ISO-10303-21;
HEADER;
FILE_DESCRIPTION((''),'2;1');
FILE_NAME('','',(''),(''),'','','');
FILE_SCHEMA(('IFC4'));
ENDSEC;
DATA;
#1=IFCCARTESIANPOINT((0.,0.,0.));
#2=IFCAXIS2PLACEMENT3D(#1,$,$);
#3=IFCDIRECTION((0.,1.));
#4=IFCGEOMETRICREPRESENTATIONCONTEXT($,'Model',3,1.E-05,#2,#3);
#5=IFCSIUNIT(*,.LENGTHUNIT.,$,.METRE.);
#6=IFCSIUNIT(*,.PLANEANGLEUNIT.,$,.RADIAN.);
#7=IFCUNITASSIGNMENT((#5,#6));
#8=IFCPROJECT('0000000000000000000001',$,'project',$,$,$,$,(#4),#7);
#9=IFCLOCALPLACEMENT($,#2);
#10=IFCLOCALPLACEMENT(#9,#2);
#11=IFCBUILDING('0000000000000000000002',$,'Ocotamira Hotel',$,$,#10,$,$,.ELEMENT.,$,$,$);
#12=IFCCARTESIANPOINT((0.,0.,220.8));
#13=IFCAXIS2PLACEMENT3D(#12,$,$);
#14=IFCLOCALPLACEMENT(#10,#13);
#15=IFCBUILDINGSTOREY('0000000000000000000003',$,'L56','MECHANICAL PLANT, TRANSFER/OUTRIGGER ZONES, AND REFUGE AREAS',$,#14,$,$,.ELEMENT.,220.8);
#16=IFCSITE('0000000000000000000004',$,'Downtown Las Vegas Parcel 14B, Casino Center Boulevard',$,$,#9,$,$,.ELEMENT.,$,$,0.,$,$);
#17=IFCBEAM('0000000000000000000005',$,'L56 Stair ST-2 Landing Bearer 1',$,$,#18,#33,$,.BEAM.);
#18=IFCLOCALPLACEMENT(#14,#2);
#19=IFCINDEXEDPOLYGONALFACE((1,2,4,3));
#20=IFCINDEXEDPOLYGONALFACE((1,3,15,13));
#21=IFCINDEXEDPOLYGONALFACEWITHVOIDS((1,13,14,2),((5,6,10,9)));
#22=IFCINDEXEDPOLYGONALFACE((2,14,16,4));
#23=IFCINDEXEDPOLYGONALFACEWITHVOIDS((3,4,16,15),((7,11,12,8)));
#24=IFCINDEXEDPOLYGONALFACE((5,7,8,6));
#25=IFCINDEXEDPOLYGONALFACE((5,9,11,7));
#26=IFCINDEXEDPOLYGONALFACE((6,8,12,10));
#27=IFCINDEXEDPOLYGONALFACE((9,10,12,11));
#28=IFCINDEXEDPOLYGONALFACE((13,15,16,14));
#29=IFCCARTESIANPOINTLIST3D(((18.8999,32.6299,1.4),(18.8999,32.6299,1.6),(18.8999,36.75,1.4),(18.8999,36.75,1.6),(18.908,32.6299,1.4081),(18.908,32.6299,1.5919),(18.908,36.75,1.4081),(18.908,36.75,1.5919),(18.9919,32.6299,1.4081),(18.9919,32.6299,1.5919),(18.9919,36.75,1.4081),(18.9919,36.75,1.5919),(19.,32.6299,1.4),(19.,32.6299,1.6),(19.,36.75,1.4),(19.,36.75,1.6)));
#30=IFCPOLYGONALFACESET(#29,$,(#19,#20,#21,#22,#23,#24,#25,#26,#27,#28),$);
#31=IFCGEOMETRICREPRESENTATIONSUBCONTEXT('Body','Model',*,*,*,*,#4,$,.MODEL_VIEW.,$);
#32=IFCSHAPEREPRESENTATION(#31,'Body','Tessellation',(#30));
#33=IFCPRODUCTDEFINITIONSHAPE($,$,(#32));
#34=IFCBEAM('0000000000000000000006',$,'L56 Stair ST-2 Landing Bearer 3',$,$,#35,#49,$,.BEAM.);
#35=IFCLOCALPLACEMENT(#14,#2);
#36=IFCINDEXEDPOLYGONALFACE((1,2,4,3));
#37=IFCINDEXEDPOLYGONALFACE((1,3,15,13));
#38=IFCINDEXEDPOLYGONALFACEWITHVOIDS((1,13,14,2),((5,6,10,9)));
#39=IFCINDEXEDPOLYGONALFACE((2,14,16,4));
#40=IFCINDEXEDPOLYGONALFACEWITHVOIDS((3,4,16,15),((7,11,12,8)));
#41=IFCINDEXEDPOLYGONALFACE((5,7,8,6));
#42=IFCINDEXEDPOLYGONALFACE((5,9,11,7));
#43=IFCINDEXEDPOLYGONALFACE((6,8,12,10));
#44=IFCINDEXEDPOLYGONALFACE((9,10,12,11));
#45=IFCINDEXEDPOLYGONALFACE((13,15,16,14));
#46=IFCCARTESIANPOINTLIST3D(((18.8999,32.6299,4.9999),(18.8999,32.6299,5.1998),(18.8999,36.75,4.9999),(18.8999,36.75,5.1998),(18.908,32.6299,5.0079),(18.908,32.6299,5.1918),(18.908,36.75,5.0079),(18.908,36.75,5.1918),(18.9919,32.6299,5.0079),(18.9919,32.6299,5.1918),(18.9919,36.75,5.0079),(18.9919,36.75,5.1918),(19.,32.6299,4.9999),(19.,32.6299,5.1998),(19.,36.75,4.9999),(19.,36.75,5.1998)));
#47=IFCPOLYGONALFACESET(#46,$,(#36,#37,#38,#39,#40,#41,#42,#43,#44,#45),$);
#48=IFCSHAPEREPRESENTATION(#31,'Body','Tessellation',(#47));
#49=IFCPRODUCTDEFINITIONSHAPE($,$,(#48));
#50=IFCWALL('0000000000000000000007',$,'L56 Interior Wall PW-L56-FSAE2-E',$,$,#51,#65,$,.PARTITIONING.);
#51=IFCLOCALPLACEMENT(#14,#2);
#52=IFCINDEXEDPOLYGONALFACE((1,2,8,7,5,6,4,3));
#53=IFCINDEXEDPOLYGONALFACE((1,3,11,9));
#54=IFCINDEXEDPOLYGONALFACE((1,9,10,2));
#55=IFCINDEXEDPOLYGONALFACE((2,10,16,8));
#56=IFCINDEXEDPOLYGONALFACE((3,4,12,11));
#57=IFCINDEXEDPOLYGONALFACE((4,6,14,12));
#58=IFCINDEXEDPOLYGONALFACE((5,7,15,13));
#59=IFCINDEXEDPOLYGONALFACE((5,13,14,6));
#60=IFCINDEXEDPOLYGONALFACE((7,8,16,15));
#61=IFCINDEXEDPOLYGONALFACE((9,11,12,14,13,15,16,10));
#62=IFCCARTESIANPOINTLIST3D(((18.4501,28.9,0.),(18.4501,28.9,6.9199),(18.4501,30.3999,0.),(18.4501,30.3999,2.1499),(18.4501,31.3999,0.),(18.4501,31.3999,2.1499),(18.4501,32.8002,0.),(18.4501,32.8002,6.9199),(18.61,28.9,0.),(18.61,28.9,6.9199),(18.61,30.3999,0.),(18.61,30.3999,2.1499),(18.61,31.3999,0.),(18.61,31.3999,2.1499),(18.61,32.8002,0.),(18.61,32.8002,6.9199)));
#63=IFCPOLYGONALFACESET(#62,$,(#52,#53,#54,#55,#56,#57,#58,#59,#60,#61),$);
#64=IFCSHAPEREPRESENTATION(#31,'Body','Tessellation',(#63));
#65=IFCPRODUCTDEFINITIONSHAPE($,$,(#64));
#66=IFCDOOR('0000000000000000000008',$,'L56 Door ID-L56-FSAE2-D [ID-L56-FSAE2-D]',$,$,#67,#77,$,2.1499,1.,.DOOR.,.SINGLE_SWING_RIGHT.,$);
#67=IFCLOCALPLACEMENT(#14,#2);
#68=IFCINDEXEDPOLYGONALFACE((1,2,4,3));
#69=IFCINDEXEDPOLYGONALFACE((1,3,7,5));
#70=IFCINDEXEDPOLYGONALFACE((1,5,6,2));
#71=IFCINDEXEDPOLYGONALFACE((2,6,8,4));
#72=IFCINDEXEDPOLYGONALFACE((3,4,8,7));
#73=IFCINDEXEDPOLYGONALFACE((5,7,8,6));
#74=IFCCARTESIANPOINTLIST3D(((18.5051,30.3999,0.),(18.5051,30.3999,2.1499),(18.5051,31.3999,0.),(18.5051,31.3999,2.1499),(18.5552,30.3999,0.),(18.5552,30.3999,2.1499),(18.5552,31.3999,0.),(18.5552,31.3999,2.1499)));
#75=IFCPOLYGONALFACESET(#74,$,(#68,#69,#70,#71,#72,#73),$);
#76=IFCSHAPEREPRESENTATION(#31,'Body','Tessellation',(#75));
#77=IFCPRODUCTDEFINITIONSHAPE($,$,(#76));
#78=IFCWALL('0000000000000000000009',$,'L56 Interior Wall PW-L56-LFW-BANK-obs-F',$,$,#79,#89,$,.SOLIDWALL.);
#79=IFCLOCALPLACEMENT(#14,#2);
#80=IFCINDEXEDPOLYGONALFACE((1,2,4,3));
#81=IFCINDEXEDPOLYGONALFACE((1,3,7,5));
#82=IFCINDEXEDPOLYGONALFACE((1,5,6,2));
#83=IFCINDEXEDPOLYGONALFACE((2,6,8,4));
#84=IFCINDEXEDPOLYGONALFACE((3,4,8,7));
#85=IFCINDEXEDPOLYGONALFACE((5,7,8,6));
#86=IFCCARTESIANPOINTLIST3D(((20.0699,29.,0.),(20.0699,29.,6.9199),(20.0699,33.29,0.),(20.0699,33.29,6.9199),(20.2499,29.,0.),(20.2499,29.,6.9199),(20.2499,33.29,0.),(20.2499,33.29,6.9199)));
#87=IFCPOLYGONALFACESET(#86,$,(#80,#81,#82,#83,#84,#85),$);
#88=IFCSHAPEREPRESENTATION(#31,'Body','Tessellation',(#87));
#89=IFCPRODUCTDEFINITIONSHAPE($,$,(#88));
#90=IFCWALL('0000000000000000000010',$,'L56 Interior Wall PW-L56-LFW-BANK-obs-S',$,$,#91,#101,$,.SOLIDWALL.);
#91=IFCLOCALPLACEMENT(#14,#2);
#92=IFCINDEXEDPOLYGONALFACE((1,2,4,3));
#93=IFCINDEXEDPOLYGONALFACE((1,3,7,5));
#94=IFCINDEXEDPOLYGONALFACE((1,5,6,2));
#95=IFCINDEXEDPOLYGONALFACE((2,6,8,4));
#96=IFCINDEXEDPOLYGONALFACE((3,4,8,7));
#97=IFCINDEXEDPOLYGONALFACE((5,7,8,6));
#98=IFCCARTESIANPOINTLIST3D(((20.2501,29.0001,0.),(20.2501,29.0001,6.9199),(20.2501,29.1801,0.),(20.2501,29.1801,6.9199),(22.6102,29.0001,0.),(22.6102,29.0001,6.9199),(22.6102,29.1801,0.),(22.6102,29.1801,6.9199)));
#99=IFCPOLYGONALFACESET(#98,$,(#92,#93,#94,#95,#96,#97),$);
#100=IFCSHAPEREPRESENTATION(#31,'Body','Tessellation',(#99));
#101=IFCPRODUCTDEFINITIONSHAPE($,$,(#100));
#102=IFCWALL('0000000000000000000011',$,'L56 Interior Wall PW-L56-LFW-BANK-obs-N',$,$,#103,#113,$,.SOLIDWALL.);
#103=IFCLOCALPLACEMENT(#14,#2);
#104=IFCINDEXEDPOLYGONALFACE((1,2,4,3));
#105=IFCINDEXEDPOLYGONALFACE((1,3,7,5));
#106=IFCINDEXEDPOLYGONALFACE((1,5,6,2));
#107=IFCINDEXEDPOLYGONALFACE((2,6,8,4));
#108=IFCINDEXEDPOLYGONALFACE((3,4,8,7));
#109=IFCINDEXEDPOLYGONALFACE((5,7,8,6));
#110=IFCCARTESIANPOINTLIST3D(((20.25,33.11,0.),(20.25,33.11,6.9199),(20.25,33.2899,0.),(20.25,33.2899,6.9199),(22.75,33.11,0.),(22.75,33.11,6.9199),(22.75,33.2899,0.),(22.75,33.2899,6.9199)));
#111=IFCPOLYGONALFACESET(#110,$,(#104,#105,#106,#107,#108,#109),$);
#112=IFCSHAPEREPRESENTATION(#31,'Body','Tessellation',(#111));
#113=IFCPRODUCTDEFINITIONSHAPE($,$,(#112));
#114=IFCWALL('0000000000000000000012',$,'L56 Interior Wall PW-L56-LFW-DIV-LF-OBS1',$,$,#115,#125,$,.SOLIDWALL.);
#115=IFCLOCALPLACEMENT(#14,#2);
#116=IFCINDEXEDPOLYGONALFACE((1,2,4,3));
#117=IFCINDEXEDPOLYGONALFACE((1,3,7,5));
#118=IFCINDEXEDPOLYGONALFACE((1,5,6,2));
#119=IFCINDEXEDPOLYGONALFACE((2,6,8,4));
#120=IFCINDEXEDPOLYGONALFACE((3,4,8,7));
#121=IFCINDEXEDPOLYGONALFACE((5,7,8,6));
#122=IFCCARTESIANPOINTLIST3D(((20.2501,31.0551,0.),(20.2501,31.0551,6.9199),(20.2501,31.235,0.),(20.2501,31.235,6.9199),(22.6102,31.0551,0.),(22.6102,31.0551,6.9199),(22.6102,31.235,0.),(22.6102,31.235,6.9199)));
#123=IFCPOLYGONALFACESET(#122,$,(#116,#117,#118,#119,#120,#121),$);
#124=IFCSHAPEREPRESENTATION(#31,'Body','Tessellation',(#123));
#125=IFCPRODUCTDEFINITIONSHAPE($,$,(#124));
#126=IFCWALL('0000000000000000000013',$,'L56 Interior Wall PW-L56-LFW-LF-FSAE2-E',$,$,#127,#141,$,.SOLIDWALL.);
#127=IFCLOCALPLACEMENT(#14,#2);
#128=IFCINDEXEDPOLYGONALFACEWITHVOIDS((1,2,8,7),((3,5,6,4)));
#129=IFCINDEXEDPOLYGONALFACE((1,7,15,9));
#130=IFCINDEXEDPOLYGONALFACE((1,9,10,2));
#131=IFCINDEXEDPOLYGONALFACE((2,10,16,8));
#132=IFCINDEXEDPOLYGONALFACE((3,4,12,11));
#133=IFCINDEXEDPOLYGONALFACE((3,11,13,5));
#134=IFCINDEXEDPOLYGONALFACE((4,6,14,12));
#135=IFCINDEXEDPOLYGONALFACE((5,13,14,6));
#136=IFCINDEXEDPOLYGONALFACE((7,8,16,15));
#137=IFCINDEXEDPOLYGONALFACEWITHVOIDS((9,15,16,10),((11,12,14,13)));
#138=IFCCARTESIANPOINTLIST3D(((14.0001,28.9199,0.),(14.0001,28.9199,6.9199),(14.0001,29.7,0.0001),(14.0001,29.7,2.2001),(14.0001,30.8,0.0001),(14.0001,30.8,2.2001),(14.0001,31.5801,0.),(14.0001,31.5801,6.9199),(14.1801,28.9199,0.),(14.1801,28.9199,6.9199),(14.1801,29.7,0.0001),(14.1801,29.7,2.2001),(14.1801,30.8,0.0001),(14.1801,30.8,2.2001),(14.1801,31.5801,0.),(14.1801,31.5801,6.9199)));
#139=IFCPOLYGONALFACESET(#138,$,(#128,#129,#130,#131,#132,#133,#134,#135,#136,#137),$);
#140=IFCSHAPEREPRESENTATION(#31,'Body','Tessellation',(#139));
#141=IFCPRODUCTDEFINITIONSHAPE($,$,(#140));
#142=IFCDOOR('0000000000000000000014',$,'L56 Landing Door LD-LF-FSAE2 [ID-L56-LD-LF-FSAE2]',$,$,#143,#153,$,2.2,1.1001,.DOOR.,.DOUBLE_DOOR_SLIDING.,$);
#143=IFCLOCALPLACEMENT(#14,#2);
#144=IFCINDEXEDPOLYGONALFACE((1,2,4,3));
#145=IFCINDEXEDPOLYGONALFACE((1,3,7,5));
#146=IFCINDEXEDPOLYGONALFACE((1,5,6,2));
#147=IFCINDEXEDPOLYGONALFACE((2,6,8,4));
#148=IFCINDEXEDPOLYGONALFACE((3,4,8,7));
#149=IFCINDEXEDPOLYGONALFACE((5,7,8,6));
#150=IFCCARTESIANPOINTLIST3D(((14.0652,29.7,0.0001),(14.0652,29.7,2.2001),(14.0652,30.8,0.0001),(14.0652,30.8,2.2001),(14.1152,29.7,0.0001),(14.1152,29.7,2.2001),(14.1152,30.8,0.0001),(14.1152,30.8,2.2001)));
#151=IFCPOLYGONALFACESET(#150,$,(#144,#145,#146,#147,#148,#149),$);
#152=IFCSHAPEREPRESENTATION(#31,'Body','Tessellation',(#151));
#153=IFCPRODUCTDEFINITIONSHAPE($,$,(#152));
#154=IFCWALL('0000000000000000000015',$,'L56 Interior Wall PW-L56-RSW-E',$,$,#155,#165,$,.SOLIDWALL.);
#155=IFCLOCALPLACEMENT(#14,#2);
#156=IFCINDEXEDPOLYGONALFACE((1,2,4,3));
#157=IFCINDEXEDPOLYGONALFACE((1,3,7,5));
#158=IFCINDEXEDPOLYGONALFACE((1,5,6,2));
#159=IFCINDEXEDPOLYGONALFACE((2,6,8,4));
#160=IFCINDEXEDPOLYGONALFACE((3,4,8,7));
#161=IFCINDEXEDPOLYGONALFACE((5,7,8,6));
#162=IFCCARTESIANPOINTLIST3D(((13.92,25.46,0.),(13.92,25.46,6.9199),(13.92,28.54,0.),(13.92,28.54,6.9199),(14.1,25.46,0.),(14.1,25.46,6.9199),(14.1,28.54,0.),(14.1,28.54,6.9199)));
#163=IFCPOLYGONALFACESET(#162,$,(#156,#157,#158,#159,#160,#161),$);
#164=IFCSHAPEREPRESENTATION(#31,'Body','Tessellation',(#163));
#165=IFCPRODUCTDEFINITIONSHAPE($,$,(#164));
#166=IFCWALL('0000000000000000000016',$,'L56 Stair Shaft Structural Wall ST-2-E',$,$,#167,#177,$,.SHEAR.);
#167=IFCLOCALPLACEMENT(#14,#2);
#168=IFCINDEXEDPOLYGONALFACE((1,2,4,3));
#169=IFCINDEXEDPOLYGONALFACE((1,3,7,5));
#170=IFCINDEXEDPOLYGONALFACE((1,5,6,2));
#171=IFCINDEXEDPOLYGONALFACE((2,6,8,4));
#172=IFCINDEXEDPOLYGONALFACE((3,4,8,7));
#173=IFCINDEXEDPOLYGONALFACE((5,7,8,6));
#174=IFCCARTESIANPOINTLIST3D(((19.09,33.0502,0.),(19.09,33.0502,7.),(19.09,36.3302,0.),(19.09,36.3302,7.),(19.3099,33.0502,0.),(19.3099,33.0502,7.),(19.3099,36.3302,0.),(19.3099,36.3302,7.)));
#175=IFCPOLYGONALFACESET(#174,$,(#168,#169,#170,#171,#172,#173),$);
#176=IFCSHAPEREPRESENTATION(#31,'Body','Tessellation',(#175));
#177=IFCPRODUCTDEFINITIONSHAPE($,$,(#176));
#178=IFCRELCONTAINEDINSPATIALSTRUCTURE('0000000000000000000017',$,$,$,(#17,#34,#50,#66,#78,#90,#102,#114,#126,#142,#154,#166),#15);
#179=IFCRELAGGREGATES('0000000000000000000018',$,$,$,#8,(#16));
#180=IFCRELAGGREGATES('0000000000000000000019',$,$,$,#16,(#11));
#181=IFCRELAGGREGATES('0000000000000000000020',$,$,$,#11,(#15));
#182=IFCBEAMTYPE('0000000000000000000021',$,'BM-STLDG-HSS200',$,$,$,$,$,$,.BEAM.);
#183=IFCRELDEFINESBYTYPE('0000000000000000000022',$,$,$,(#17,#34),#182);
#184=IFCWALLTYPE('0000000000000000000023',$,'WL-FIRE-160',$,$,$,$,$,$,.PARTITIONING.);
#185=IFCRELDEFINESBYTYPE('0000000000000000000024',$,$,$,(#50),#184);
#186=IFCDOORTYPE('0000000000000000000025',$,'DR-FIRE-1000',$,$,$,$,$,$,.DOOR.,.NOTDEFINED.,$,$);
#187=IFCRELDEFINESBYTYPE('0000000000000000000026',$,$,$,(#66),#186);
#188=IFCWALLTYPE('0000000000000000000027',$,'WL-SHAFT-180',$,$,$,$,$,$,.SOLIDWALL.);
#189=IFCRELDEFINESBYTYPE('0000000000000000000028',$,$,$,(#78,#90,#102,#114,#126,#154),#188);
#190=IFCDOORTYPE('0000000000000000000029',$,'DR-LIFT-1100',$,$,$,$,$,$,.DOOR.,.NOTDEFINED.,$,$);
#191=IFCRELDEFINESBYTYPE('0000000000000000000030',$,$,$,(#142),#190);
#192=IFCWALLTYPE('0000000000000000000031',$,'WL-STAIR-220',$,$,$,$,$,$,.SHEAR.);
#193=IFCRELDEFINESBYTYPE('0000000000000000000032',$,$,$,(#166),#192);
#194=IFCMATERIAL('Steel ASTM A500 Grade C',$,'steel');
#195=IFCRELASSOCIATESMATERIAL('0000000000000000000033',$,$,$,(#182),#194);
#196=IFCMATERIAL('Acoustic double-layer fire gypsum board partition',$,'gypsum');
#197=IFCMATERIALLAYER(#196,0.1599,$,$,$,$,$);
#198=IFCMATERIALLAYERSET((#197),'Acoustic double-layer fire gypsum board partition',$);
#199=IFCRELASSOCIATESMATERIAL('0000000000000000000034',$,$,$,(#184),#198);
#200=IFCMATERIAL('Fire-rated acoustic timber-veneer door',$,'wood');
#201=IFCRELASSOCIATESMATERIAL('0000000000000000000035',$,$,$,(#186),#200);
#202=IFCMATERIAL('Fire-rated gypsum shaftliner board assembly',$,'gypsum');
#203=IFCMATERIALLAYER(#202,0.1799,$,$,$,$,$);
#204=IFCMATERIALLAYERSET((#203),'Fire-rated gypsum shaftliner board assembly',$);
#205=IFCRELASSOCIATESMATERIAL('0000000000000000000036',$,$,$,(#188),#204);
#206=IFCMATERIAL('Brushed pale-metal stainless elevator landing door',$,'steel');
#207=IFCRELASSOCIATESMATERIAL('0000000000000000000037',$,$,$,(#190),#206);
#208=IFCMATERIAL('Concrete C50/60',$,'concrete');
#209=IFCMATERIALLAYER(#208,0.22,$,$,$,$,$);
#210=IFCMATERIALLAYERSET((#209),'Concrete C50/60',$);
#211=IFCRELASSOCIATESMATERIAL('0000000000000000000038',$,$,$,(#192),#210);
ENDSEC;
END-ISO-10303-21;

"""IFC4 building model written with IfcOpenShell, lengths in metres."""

from ifc_helpers import new_model, si_unit, direction, frame, frame_2d, origin, origin_2d, place, context, subcontext, project, spatial, rectangle, hollow_rectangle, extrude, source, transform, mapped, material, layer, layer_set, material_profile, profile_set, type_object, element, fill, save


model = new_model("IFC4")

# Units and contexts
model_context = context("Model", 3, precision=1e-05, world=origin(), true_north=direction((0.0, 1.0)))
body_context = subcontext(model_context, "Body", "Model", "MODEL_VIEW")
ifc_project = project(units=[si_unit("LENGTHUNIT", "METRE"), si_unit("PLANEANGLEUNIT", "RADIAN")], contexts=[model_context])

# Site, building, storey
site_placement = place(None, origin())
site = spatial("IfcSite", under=ifc_project, at=site_placement, Name="Downtown Las Vegas Parcel 14B, Casino Center Boulevard", CompositionType="ELEMENT", RefElevation=0.0)
building_placement = place(site_placement, origin())
building = spatial("IfcBuilding", under=site, at=building_placement, Name="Ocotamira Hotel", CompositionType="ELEMENT")
storey_placement = place(building_placement, frame((0.0, 0.0, 220.8)))
storey = spatial("IfcBuildingStorey", under=building, at=storey_placement, Name="L56", Description="MECHANICAL PLANT, TRANSFER/OUTRIGGER ZONES, AND REFUGE AREAS", CompositionType="ELEMENT", Elevation=220.8)

# Beams
ifc_material_1 = material(Name="Steel ASTM A500 Grade C", Category="steel")
ifc_material_profile = material_profile(ifc_material_1, hollow_rectangle(XDim=0.1001, YDim=0.2, WallThickness=0.0081, at=origin_2d()), Name="HSS200X100X8")
ifc_profile_set = profile_set([ifc_material_profile], Name="Steel ASTM A500 Grade C")
beam_type = type_object("IfcBeamType", Name="BM-STLDG-HSS200", PredefinedType="BEAM", material=ifc_profile_set)
shared_shape_1 = source(origin(), body_context, "Body", "SweptSolid", [
    extrude(hollow_rectangle(XDim=0.1001, YDim=0.2, WallThickness=0.0081, at=origin_2d()), origin(), (0.0, 0.0, 1.0), 4.1201),
])
for number, where, z_axis, x_axis, name in (
    (1, (18.95, 32.6299, 1.5), (0.0, 1.0, 0.0), (-1.0, 0.0, 0.0), "L56 Stair ST-2 Landing Bearer 1"),
    (2, (18.95, 32.6299, 5.0999), (0.0, 1.0, 0.0), (-1.0, 0.0, 0.0), "L56 Stair ST-2 Landing Bearer 3"),
):
    element("IfcBeam", number, at=place(storey_placement, frame(where, z_axis=z_axis, x_axis=x_axis)), inside=storey, type_object=beam_type, Name=name, PredefinedType="BEAM", context=body_context, shape_type="MappedRepresentation", body=[
        mapped(shared_shape_1, transform((0.0, 0.0, 0.0), scale=1.0)),
    ])

# Wall, opening, door
ifc_material_2 = material(Name="Acoustic double-layer fire gypsum board partition", Category="gypsum")
ifc_layer_1 = layer(ifc_material_2, 0.1599)
ifc_layer_set_1 = layer_set([ifc_layer_1], Name="Acoustic double-layer fire gypsum board partition")
wall_type_1 = type_object("IfcWallType", Name="WL-FIRE-160", PredefinedType="PARTITIONING", material=ifc_layer_set_1)
wall_1_placement = place(storey_placement, frame((18.53, 28.8999, 0.0), z_axis=(0.0, 0.0, 1.0), x_axis=(0.0, 1.0, 0.0)))
wall_1 = element("IfcWall", 3, at=wall_1_placement, inside=storey, type_object=wall_type_1, Name="L56 Interior Wall PW-L56-FSAE2-E", PredefinedType="PARTITIONING", context=body_context, shape_type="SweptSolid", body=[
    extrude(rectangle(XDim=3.9001, YDim=0.1599, at=frame_2d((1.9502, 0.0))), origin(), (0.0, 0.0, 1.0), 6.9199),
])
opening_1_placement = place(wall_1_placement, frame((1.5, 0.0, 0.0)))
opening_1 = element("IfcOpeningElement", 4, at=opening_1_placement, cuts=wall_1, PredefinedType="OPENING", context=body_context, shape_type="SweptSolid", body=[
    extrude(rectangle(XDim=1.0, YDim=2.1499, at=frame_2d((0.5, 1.075))), frame((0.0, 0.0898, 0.0), z_axis=(0.0, -1.0, 0.0), x_axis=(1.0, 0.0, 0.0)), (0.0, 0.0, 1.0), 0.1799),
])
ifc_material_3 = material(Name="Fire-rated acoustic timber-veneer door", Category="wood")
door_type_1 = type_object("IfcDoorType", Name="DR-FIRE-1000", OperationType="NOTDEFINED", PredefinedType="DOOR", material=ifc_material_3)
shared_shape_2 = source(origin(), body_context, "Body", "SweptSolid", [
    extrude(rectangle(XDim=1.0, YDim=2.1499, at=frame_2d((0.5, 1.075))), frame((0.0, 0.0249, 0.0), z_axis=(0.0, -1.0, 0.0), x_axis=(1.0, 0.0, 0.0)), (0.0, 0.0, 1.0), 0.05),
])
door_1_placement = place(opening_1_placement, origin())
door_1 = element("IfcDoor", 5, at=door_1_placement, inside=storey, type_object=door_type_1, Name="L56 Door ID-L56-FSAE2-D [ID-L56-FSAE2-D]", OperationType="SINGLE_SWING_RIGHT", OverallHeight=2.1499, OverallWidth=1.0, PredefinedType="DOOR", context=body_context, shape_type="MappedRepresentation", body=[
    mapped(shared_shape_2, transform((0.0, 0.0, 0.0), scale=1.0)),
])
fill(opening_1, door_1)

# Walls
ifc_material_4 = material(Name="Fire-rated gypsum shaftliner board assembly", Category="gypsum")
ifc_layer_2 = layer(ifc_material_4, 0.1799)
ifc_layer_set_2 = layer_set([ifc_layer_2], Name="Fire-rated gypsum shaftliner board assembly")
wall_type_2 = type_object("IfcWallType", Name="WL-SHAFT-180", PredefinedType="SOLIDWALL", material=ifc_layer_set_2)
wall_2_placement = place(storey_placement, frame((20.1599, 29.0, 0.0), z_axis=(0.0, 0.0, 1.0), x_axis=(0.0, 1.0, 0.0)))
element("IfcWall", 6, at=wall_2_placement, inside=storey, type_object=wall_type_2, Name="L56 Interior Wall PW-L56-LFW-BANK-obs-F", PredefinedType="SOLIDWALL", context=body_context, shape_type="SweptSolid", body=[
    extrude(rectangle(XDim=4.29, YDim=0.1799, at=frame_2d((2.145, 0.0))), origin(), (0.0, 0.0, 1.0), 6.9199),
])
wall_3_placement = place(storey_placement, frame((20.25, 29.0901, 0.0), z_axis=(0.0, 0.0, 1.0), x_axis=(1.0, 0.0, 0.0)))
element("IfcWall", 7, at=wall_3_placement, inside=storey, type_object=wall_type_2, Name="L56 Interior Wall PW-L56-LFW-BANK-obs-S", PredefinedType="SOLIDWALL", context=body_context, shape_type="SweptSolid", body=[
    extrude(rectangle(XDim=2.3601, YDim=0.1799, at=frame_2d((1.1802, 0.0))), origin(), (0.0, 0.0, 1.0), 6.9199),
])
wall_4_placement = place(storey_placement, frame((20.25, 33.2, 0.0), z_axis=(0.0, 0.0, 1.0), x_axis=(1.0, 0.0, 0.0)))
element("IfcWall", 8, at=wall_4_placement, inside=storey, type_object=wall_type_2, Name="L56 Interior Wall PW-L56-LFW-BANK-obs-N", PredefinedType="SOLIDWALL", context=body_context, shape_type="SweptSolid", body=[
    extrude(rectangle(XDim=2.5, YDim=0.1799, at=frame_2d((1.25, 0.0))), origin(), (0.0, 0.0, 1.0), 6.9199),
])
wall_5_placement = place(storey_placement, frame((20.25, 31.145, 0.0), z_axis=(0.0, 0.0, 1.0), x_axis=(1.0, 0.0, 0.0)))
element("IfcWall", 9, at=wall_5_placement, inside=storey, type_object=wall_type_2, Name="L56 Interior Wall PW-L56-LFW-DIV-LF-OBS1", PredefinedType="SOLIDWALL", context=body_context, shape_type="SweptSolid", body=[
    extrude(rectangle(XDim=2.3601, YDim=0.1799, at=frame_2d((1.1802, 0.0))), origin(), (0.0, 0.0, 1.0), 6.9199),
])

# Wall, opening, door
wall_6_placement = place(storey_placement, frame((14.0901, 28.9199, 0.0), z_axis=(0.0, 0.0, 1.0), x_axis=(0.0, 1.0, 0.0)))
wall_6 = element("IfcWall", 10, at=wall_6_placement, inside=storey, type_object=wall_type_2, Name="L56 Interior Wall PW-L56-LFW-LF-FSAE2-E", PredefinedType="SOLIDWALL", context=body_context, shape_type="SweptSolid", body=[
    extrude(rectangle(XDim=2.6602, YDim=0.1799, at=frame_2d((1.3301, 0.0))), origin(), (0.0, 0.0, 1.0), 6.9199),
])
opening_2_placement = place(wall_6_placement, frame((0.78, 0.0, 0.0)))
opening_2 = element("IfcOpeningElement", 11, at=opening_2_placement, cuts=wall_6, PredefinedType="OPENING", context=body_context, shape_type="SweptSolid", body=[
    extrude(rectangle(XDim=1.1001, YDim=2.2, at=frame_2d((0.55, 1.1001))), frame((0.0, 0.1001, 0.0), z_axis=(0.0, -1.0, 0.0), x_axis=(1.0, 0.0, 0.0)), (0.0, 0.0, 1.0), 0.2),
])
ifc_material_5 = material(Name="Brushed pale-metal stainless elevator landing door", Category="steel")
door_type_2 = type_object("IfcDoorType", Name="DR-LIFT-1100", OperationType="NOTDEFINED", PredefinedType="DOOR", material=ifc_material_5)
shared_shape_3 = source(origin(), body_context, "Body", "SweptSolid", [
    extrude(rectangle(XDim=1.1001, YDim=2.2, at=frame_2d((0.55, 1.1001))), frame((0.0, 0.0249, 0.0), z_axis=(0.0, -1.0, 0.0), x_axis=(1.0, 0.0, 0.0)), (0.0, 0.0, 1.0), 0.05),
])
door_2_placement = place(opening_2_placement, origin())
door_2 = element("IfcDoor", 12, at=door_2_placement, inside=storey, type_object=door_type_2, Name="L56 Landing Door LD-LF-FSAE2 [ID-L56-LD-LF-FSAE2]", OperationType="DOUBLE_DOOR_SLIDING", OverallHeight=2.2, OverallWidth=1.1001, PredefinedType="DOOR", context=body_context, shape_type="MappedRepresentation", body=[
    mapped(shared_shape_3, transform((0.0, 0.0, 0.0), scale=1.0)),
])
fill(opening_2, door_2)

# Walls
wall_7_placement = place(storey_placement, frame((14.01, 25.46, 0.0), z_axis=(0.0, 0.0, 1.0), x_axis=(0.0, 1.0, 0.0)))
element("IfcWall", 13, at=wall_7_placement, inside=storey, type_object=wall_type_2, Name="L56 Interior Wall PW-L56-RSW-E", PredefinedType="SOLIDWALL", context=body_context, shape_type="SweptSolid", body=[
    extrude(rectangle(XDim=3.0801, YDim=0.1799, at=frame_2d((1.54, 0.0))), origin(), (0.0, 0.0, 1.0), 6.9199),
])
ifc_material_6 = material(Name="Concrete C50/60", Category="concrete")
ifc_layer_3 = layer(ifc_material_6, 0.22)
ifc_layer_set_3 = layer_set([ifc_layer_3], Name="Concrete C50/60")
wall_type_3 = type_object("IfcWallType", Name="WL-STAIR-220", PredefinedType="SHEAR", material=ifc_layer_set_3)
wall_8_placement = place(storey_placement, frame((19.2, 33.05, 0.0), z_axis=(0.0, 0.0, 1.0), x_axis=(0.0, 1.0, 0.0)))
element("IfcWall", 14, at=wall_8_placement, inside=storey, type_object=wall_type_3, Name="L56 Stair Shaft Structural Wall ST-2-E", PredefinedType="SHEAR", context=body_context, shape_type="SweptSolid", body=[
    extrude(rectangle(XDim=3.28, YDim=0.22, at=frame_2d((1.6401, 0.0))), origin(), (0.0, 0.0, 1.0), 7.0),
])

save(model, "model.ifc")
